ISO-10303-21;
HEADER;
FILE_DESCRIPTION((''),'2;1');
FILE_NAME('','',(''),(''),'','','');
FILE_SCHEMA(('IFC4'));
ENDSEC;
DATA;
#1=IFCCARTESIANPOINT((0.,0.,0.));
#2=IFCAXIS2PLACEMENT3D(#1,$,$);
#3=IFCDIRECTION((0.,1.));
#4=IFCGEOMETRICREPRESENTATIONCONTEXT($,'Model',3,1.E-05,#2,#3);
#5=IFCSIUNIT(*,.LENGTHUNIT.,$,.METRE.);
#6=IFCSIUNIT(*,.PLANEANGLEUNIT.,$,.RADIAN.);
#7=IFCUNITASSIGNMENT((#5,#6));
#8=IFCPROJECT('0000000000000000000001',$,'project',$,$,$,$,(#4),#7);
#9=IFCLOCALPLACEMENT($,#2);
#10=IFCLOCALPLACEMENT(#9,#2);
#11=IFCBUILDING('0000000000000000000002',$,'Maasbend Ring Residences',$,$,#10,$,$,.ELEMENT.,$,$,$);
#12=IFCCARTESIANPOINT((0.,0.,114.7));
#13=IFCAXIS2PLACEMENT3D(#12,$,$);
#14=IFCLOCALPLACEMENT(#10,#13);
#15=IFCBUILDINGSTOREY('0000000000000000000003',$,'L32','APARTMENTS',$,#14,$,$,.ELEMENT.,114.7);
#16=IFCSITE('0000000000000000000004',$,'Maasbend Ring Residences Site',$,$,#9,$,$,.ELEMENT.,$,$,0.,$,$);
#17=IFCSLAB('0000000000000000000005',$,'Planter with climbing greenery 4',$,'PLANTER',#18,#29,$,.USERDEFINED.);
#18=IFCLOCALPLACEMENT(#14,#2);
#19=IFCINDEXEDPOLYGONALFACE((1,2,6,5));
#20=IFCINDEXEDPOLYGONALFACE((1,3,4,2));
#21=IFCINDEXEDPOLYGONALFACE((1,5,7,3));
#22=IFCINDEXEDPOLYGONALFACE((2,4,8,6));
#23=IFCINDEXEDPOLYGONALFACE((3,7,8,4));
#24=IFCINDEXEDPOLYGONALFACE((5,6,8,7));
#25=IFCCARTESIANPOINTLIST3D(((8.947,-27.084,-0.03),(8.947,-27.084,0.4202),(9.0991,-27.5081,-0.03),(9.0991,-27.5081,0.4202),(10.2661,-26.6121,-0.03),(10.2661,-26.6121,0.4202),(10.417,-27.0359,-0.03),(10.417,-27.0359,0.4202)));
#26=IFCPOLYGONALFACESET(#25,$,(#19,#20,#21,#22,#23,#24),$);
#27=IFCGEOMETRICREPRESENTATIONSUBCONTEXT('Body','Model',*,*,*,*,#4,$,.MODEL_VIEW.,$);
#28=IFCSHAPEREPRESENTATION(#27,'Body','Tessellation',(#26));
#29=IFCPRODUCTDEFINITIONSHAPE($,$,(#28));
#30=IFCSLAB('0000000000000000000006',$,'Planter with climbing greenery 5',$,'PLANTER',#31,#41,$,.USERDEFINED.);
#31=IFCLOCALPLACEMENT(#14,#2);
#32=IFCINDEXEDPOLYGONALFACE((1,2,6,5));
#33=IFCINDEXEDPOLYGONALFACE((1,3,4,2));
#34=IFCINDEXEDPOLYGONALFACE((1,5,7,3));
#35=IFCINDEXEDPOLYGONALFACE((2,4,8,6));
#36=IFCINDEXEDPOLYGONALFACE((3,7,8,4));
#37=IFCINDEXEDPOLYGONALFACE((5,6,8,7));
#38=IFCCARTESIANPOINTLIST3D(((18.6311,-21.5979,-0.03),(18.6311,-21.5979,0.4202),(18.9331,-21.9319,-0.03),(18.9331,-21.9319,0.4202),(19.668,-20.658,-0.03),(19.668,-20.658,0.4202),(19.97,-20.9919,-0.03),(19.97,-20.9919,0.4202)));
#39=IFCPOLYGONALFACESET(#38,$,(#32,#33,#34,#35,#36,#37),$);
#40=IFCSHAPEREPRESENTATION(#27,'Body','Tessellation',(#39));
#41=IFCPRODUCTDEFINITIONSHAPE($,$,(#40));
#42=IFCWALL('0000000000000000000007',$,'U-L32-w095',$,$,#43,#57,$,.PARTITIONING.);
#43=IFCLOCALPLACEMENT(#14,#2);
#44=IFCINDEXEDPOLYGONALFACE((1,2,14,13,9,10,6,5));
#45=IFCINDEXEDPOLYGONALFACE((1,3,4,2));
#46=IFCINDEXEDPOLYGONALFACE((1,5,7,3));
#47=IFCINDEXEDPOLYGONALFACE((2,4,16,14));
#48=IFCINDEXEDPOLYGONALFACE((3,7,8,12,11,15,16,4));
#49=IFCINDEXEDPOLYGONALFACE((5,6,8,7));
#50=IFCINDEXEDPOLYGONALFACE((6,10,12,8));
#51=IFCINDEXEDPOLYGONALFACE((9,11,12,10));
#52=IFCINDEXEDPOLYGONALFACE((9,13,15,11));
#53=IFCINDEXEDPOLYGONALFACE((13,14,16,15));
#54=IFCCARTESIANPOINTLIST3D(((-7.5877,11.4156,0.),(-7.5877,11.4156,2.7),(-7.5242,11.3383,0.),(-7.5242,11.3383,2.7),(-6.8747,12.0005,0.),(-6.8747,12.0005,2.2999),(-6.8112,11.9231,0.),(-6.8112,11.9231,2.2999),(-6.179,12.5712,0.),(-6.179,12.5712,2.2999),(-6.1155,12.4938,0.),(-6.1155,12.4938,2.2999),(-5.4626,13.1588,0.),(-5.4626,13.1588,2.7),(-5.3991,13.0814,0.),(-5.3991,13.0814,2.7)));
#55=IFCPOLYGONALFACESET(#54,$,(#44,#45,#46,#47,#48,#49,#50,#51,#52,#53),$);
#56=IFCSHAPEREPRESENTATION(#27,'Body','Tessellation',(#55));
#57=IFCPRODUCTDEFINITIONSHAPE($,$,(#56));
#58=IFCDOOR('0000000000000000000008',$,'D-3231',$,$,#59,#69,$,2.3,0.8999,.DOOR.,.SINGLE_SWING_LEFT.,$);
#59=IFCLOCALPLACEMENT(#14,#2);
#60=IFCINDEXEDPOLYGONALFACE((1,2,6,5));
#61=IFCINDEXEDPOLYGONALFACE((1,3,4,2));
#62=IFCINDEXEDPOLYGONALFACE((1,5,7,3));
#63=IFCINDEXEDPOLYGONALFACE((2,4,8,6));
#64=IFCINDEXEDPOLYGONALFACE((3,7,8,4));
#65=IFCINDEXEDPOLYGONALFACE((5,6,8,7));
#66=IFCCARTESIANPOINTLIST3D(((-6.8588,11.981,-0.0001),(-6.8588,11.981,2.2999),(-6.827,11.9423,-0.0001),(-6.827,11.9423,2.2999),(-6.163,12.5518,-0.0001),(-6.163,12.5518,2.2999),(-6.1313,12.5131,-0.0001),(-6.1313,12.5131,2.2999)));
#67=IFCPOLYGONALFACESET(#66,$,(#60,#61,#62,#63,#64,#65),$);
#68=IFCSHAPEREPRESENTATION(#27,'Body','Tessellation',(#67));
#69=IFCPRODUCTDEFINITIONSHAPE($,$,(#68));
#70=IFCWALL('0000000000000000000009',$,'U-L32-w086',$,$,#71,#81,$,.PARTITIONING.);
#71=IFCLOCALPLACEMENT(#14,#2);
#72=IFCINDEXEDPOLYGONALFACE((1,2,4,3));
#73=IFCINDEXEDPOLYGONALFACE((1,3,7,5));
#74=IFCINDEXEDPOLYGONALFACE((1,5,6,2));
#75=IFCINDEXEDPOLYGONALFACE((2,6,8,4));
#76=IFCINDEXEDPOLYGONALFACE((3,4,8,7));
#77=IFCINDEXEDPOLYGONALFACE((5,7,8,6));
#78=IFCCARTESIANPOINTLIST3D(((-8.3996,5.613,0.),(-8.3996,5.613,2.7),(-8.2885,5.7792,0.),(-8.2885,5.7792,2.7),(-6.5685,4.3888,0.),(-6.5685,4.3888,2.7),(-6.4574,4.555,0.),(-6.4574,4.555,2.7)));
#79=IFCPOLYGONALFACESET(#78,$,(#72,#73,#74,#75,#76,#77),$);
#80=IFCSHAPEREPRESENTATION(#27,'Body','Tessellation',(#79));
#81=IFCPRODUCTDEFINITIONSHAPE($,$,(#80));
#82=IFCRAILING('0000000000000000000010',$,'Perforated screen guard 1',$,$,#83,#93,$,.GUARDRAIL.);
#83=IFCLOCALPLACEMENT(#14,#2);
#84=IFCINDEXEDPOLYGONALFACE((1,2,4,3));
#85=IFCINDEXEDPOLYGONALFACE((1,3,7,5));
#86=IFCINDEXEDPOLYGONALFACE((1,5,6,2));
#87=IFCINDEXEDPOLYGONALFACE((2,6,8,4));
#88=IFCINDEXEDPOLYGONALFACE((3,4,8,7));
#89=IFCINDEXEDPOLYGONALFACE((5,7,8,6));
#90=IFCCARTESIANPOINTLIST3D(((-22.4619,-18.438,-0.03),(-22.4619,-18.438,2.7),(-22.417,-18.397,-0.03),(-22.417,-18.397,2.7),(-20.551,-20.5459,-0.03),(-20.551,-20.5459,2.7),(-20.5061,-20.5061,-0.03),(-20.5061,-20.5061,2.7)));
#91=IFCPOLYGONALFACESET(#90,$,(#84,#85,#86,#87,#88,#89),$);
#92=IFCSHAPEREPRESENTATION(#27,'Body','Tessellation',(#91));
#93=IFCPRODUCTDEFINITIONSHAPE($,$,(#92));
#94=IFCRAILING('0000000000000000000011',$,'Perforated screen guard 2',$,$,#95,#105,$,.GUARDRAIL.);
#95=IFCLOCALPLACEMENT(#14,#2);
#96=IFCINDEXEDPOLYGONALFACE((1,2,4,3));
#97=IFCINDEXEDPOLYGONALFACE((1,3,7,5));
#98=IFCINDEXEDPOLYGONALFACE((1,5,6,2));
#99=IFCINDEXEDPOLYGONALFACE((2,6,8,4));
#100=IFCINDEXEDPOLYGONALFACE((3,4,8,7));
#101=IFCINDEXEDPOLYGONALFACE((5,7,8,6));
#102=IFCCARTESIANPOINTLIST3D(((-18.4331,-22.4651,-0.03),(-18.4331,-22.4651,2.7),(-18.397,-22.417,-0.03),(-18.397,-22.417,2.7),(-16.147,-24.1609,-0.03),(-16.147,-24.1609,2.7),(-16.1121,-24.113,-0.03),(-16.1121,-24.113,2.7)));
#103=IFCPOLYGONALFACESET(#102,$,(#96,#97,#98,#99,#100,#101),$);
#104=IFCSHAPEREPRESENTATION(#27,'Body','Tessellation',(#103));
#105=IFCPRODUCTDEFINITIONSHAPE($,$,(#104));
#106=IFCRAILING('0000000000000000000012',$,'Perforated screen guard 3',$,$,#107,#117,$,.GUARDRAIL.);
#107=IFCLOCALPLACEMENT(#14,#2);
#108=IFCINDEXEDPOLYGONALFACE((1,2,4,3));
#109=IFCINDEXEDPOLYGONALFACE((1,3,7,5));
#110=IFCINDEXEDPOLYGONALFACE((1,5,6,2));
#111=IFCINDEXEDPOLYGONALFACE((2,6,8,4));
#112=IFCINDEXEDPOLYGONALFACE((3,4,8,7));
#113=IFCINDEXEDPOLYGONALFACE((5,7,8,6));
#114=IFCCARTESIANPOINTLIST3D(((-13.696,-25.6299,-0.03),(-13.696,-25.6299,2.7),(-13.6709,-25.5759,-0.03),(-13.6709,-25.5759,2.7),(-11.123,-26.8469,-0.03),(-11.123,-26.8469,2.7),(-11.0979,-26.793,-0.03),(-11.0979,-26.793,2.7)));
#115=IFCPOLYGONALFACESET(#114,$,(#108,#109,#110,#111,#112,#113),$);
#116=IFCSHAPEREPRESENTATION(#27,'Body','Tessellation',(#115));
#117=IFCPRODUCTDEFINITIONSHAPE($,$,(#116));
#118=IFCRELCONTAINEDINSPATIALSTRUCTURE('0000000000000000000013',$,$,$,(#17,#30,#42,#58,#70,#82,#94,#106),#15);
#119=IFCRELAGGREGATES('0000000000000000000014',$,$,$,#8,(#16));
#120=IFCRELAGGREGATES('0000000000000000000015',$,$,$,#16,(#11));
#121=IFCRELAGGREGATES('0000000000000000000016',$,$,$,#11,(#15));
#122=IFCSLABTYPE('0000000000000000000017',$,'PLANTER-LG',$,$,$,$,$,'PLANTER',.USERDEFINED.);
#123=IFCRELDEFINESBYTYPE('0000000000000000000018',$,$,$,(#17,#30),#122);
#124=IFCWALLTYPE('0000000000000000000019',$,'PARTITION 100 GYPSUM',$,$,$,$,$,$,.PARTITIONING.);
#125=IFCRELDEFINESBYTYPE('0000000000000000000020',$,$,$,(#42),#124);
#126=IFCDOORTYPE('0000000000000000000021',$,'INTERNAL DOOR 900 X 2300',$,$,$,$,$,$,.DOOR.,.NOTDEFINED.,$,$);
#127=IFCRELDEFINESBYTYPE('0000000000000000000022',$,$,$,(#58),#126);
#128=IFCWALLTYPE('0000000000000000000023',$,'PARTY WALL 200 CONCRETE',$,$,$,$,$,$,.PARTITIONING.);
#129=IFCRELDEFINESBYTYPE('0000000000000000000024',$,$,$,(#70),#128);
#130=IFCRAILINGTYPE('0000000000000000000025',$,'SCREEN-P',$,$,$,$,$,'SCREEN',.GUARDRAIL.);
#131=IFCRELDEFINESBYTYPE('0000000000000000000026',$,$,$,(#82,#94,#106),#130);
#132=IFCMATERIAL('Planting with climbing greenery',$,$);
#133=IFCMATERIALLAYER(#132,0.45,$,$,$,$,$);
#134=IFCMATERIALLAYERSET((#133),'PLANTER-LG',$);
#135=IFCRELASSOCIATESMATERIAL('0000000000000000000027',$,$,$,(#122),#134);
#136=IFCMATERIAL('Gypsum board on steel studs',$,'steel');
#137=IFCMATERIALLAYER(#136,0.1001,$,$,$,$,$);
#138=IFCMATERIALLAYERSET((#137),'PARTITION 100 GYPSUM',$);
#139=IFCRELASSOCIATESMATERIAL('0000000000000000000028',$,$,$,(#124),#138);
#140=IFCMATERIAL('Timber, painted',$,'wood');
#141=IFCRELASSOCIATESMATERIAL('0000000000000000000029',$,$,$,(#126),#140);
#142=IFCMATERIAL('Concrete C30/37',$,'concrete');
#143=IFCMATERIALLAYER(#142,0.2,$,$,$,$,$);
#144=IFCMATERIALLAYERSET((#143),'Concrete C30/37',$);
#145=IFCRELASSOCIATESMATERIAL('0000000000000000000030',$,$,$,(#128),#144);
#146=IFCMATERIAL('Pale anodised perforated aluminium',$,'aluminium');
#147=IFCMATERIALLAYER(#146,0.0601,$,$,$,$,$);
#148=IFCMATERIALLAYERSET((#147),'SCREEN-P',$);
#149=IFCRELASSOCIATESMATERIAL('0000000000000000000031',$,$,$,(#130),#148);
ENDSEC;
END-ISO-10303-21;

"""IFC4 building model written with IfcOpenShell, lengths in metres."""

from ifc_helpers import new_model, si_unit, direction, frame, frame_2d, origin, place, context, subcontext, project, spatial, polyline, rectangle, outline, extrude, material, layer, layer_set, type_object, element, fill, save


model = new_model("IFC4")

# Units and contexts
model_context = context("Model", 3, precision=1e-05, world=origin(), true_north=direction((0.0, 1.0)))
body_context = subcontext(model_context, "Body", "Model", "MODEL_VIEW")
ifc_project = project(units=[si_unit("LENGTHUNIT", "METRE"), si_unit("PLANEANGLEUNIT", "RADIAN")], contexts=[model_context])

# Site, building, storey
site_placement = place(None, origin())
site = spatial("IfcSite", under=ifc_project, at=site_placement, Name="Maasbend Ring Residences Site", CompositionType="ELEMENT", RefElevation=0.0)
building_placement = place(site_placement, origin())
building = spatial("IfcBuilding", under=site, at=building_placement, Name="Maasbend Ring Residences", CompositionType="ELEMENT")
storey_placement = place(building_placement, frame((0.0, 0.0, 114.7)))
storey = spatial("IfcBuildingStorey", under=building, at=storey_placement, Name="L32", Description="APARTMENTS", CompositionType="ELEMENT", Elevation=114.7)

# Slabs
ifc_material_1 = material(Name="Planting with climbing greenery")
ifc_layer_1 = layer(ifc_material_1, 0.45)
ifc_layer_set_1 = layer_set([ifc_layer_1], Name="PLANTER-LG")
slab_type_1 = type_object("IfcSlabType", Name="PLANTER-LG", ElementType="PLANTER", PredefinedType="USERDEFINED", material=ifc_layer_set_1)
slab_1_placement = place(storey_placement, frame((0.0, 0.0, -0.03)))
element("IfcSlab", 1, at=slab_1_placement, inside=storey, type_object=slab_type_1, Name="Planter with climbing greenery 4", ObjectType="PLANTER", PredefinedType="USERDEFINED", context=body_context, shape_type="SweptSolid", body=[
    extrude(outline(polyline([(9.0991, -27.5081), (10.417, -27.0359), (10.2661, -26.6121), (8.947, -27.084), (9.0991, -27.5081)])), origin(), (0.0, 0.0, 1.0), 0.4502),
])
slab_2_placement = place(storey_placement, frame((0.0, 0.0, -0.03)))
element("IfcSlab", 2, at=slab_2_placement, inside=storey, type_object=slab_type_1, Name="Planter with climbing greenery 5", ObjectType="PLANTER", PredefinedType="USERDEFINED", context=body_context, shape_type="SweptSolid", body=[
    extrude(outline(polyline([(18.9331, -21.9319), (19.97, -20.9919), (19.668, -20.658), (18.6311, -21.5979), (18.9331, -21.9319)])), origin(), (0.0, 0.0, 1.0), 0.4502),
])

# Wall, opening, door
ifc_material_2 = material(Name="Gypsum board on steel studs", Category="steel")
ifc_layer_2 = layer(ifc_material_2, 0.1001)
ifc_layer_set_2 = layer_set([ifc_layer_2], Name="PARTITION 100 GYPSUM")
wall_type_1 = type_object("IfcWallType", Name="PARTITION 100 GYPSUM", PredefinedType="PARTITIONING", material=ifc_layer_set_2)
wall_1_placement = place(storey_placement, frame((-7.5559, 11.377, 0.0), z_axis=(0.0, 0.0, 1.0), x_axis=(0.773149, 0.634224, 0.0)))
wall_1 = element("IfcWall", 3, at=wall_1_placement, inside=storey, type_object=wall_type_1, Name="U-L32-w095", PredefinedType="PARTITIONING", context=body_context, shape_type="SweptSolid", body=[
    extrude(rectangle(XDim=2.7485, YDim=0.1001, at=frame_2d((1.3743, 0.0))), origin(), (0.0, 0.0, 1.0), 2.7),
])
opening_placement = place(wall_1_placement, frame((0.9221, 0.0, 0.0)))
opening = element("IfcOpeningElement", 4, at=opening_placement, cuts=wall_1, PredefinedType="OPENING", context=body_context, shape_type="SweptSolid", body=[
    extrude(rectangle(XDim=0.8999, YDim=2.3, at=frame_2d((0.45, 1.1499))), frame((0.0, 0.0601, 0.0), z_axis=(0.0, -1.0, 0.0), x_axis=(1.0, 0.0, 0.0)), (0.0, 0.0, 1.0), 0.1201),
])
ifc_material_3 = material(Name="Timber, painted", Category="wood")
door_type = type_object("IfcDoorType", Name="INTERNAL DOOR 900 X 2300", OperationType="NOTDEFINED", PredefinedType="DOOR", material=ifc_material_3)
door_placement = place(opening_placement, origin())
door = element("IfcDoor", 5, at=door_placement, inside=storey, type_object=door_type, Name="D-3231", OperationType="SINGLE_SWING_LEFT", OverallHeight=2.3, OverallWidth=0.8999, PredefinedType="DOOR", context=body_context, shape_type="SweptSolid", body=[
    extrude(rectangle(XDim=0.8999, YDim=2.3, at=frame_2d((0.45, 1.1499))), frame((0.0, 0.0249, 0.0), z_axis=(0.0, -1.0, 0.0), x_axis=(1.0, 0.0, 0.0)), (0.0, 0.0, 1.0), 0.05),
])
fill(opening, door)

# Wall
ifc_material_4 = material(Name="Concrete C30/37", Category="concrete")
ifc_layer_3 = layer(ifc_material_4, 0.2)
ifc_layer_set_3 = layer_set([ifc_layer_3], Name="Concrete C30/37")
wall_type_2 = type_object("IfcWallType", Name="PARTY WALL 200 CONCRETE", PredefinedType="PARTITIONING", material=ifc_layer_set_3)
wall_2_placement = place(storey_placement, frame((-6.5129, 4.4719, 0.0), z_axis=(0.0, 0.0, 1.0), x_axis=(-0.831333, 0.555774, 0.0)))
element("IfcWall", 6, at=wall_2_placement, inside=storey, type_object=wall_type_2, Name="U-L32-w086", PredefinedType="PARTITIONING", context=body_context, shape_type="SweptSolid", body=[
    extrude(rectangle(XDim=2.2026, YDim=0.2, at=frame_2d((1.1013, 0.0))), origin(), (0.0, 0.0, 1.0), 2.7),
])

# Railings
ifc_material_5 = material(Name="Pale anodised perforated aluminium", Category="aluminium")
ifc_layer_4 = layer(ifc_material_5, 0.0601)
ifc_layer_set_4 = layer_set([ifc_layer_4], Name="SCREEN-P")
railing_type = type_object("IfcRailingType", Name="SCREEN-P", ElementType="SCREEN", PredefinedType="GUARDRAIL", material=ifc_layer_set_4)
railing_1_placement = place(storey_placement, frame((0.0, 0.0, -0.03)))
element("IfcRailing", 7, at=railing_1_placement, inside=storey, type_object=railing_type, Name="Perforated screen guard 1", PredefinedType="GUARDRAIL", context=body_context, shape_type="SweptSolid", body=[
    extrude(outline(polyline([(-22.417, -18.397), (-20.5061, -20.5061), (-20.551, -20.5459), (-22.4619, -18.438), (-22.417, -18.397)])), origin(), (0.0, 0.0, 1.0), 2.73),
])
railing_2_placement = place(storey_placement, frame((0.0, 0.0, -0.03)))
element("IfcRailing", 8, at=railing_2_placement, inside=storey, type_object=railing_type, Name="Perforated screen guard 2", PredefinedType="GUARDRAIL", context=body_context, shape_type="SweptSolid", body=[
    extrude(outline(polyline([(-18.397, -22.417), (-16.1121, -24.113), (-16.147, -24.1609), (-18.4331, -22.4651), (-18.397, -22.417)])), origin(), (0.0, 0.0, 1.0), 2.73),
])
railing_3_placement = place(storey_placement, frame((0.0, 0.0, -0.03)))
element("IfcRailing", 9, at=railing_3_placement, inside=storey, type_object=railing_type, Name="Perforated screen guard 3", PredefinedType="GUARDRAIL", context=body_context, shape_type="SweptSolid", body=[
    extrude(outline(polyline([(-13.6709, -25.5759), (-11.0979, -26.793), (-11.123, -26.8469), (-13.696, -25.6299), (-13.6709, -25.5759)])), origin(), (0.0, 0.0, 1.0), 2.73),
])

save(model, "model.ifc")
